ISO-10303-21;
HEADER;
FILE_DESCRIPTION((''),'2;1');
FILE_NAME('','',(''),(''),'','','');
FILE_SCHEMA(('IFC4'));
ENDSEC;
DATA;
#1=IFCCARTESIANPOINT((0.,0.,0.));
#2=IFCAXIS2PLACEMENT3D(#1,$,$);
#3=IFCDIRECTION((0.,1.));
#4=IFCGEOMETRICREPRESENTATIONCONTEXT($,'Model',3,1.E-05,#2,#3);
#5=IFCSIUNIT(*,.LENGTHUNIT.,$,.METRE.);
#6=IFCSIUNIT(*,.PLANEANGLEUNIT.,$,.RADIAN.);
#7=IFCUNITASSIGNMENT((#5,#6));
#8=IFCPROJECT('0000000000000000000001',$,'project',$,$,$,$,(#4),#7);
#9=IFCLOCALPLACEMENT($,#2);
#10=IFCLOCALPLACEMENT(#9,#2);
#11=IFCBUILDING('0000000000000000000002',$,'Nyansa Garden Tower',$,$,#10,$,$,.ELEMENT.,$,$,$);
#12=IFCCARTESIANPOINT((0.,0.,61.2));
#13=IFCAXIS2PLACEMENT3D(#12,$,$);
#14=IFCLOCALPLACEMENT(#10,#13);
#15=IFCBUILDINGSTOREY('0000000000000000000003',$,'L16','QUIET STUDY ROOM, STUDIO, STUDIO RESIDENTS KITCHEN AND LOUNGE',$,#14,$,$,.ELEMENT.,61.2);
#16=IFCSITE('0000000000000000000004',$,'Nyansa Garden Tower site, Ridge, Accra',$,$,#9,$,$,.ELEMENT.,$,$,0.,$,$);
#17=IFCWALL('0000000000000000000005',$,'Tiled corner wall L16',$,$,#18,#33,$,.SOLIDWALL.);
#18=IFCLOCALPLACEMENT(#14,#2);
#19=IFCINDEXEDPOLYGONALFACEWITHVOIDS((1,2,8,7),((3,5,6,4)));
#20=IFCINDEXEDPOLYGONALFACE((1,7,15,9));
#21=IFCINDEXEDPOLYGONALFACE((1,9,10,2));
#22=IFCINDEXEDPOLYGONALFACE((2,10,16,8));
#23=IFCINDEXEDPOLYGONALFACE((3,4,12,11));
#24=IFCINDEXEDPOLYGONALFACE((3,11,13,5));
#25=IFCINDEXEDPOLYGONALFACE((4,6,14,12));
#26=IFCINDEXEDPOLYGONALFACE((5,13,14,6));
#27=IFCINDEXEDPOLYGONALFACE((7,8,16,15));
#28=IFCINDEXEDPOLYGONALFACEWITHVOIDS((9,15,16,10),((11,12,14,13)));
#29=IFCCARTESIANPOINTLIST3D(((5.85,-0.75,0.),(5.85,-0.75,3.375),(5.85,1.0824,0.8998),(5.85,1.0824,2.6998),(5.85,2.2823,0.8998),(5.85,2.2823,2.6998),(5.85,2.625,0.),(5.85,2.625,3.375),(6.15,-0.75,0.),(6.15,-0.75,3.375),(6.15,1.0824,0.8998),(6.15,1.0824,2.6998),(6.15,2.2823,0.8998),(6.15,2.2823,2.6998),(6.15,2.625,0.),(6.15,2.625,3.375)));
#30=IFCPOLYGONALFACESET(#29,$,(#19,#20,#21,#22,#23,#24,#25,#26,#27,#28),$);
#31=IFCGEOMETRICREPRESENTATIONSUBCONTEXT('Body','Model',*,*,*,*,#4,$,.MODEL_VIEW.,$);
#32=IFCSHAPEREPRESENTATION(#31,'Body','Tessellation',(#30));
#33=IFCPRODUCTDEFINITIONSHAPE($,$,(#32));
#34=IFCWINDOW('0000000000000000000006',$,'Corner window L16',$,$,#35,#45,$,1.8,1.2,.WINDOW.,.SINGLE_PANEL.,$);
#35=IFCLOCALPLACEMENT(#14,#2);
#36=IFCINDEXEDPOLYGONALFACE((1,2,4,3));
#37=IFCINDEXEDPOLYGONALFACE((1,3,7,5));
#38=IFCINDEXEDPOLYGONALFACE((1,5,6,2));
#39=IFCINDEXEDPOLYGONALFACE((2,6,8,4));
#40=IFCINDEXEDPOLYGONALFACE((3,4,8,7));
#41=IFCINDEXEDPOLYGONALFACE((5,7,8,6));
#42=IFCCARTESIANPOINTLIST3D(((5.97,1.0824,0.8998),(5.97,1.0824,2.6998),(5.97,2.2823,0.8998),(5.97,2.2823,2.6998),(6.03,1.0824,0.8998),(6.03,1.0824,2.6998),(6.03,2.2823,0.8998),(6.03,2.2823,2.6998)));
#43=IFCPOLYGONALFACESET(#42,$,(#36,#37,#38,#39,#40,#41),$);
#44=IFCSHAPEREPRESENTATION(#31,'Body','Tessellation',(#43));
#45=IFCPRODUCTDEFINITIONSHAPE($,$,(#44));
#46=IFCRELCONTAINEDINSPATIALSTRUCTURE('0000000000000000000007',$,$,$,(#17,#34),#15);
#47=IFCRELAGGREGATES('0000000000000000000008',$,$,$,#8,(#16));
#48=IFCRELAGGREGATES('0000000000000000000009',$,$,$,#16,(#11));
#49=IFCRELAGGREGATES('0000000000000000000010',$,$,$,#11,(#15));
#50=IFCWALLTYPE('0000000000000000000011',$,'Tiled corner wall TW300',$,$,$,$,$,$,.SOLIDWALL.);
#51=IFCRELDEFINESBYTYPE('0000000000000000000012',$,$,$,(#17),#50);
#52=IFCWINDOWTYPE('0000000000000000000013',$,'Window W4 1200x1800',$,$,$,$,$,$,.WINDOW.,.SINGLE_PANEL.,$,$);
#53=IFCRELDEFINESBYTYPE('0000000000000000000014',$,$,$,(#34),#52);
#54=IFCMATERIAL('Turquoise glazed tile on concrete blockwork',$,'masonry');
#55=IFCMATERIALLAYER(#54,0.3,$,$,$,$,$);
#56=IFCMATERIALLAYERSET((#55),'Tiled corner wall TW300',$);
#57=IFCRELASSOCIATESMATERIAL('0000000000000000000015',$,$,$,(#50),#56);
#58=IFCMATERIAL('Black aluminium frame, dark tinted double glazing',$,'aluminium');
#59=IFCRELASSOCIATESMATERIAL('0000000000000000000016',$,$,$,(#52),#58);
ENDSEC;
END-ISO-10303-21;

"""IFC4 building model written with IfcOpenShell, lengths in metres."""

from ifc_helpers import new_model, si_unit, direction, frame, frame_2d, origin, place, context, subcontext, project, spatial, rectangle, extrude, material, layer, layer_set, type_object, element, fill, save


model = new_model("IFC4")

# Units and contexts
model_context = context("Model", 3, precision=1e-05, world=origin(), true_north=direction((0.0, 1.0)))
body_context = subcontext(model_context, "Body", "Model", "MODEL_VIEW")
ifc_project = project(units=[si_unit("LENGTHUNIT", "METRE"), si_unit("PLANEANGLEUNIT", "RADIAN")], contexts=[model_context])

# Site, building, storey
site_placement = place(None, origin())
site = spatial("IfcSite", under=ifc_project, at=site_placement, Name="Nyansa Garden Tower site, Ridge, Accra", CompositionType="ELEMENT", RefElevation=0.0)
building_placement = place(site_placement, origin())
building = spatial("IfcBuilding", under=site, at=building_placement, Name="Nyansa Garden Tower", CompositionType="ELEMENT")
storey_placement = place(building_placement, frame((0.0, 0.0, 61.2)))
storey = spatial("IfcBuildingStorey", under=building, at=storey_placement, Name="L16", Description="QUIET STUDY ROOM, STUDIO, STUDIO RESIDENTS KITCHEN AND LOUNGE", CompositionType="ELEMENT", Elevation=61.2)

# Wall, opening, window
ifc_material_1 = material(Name="Turquoise glazed tile on concrete blockwork", Category="masonry")
ifc_layer_1 = layer(ifc_material_1, 0.3)
ifc_layer_set_1 = layer_set([ifc_layer_1], Name="Tiled corner wall TW300")
wall_type_1 = type_object("IfcWallType", Name="Tiled corner wall TW300", PredefinedType="SOLIDWALL", material=ifc_layer_set_1)
wall_1_placement = place(storey_placement, frame((6.0, 2.625, 0.0), z_axis=(0.0, 0.0, 1.0), x_axis=(0.0, -1.0, 0.0)))
wall_1 = element("IfcWall", 1, at=wall_1_placement, inside=storey, type_object=wall_type_1, Name="Tiled corner wall L16", PredefinedType="SOLIDWALL", context=body_context, shape_type="SweptSolid", body=[
    extrude(rectangle(XDim=3.375, YDim=0.3, at=frame_2d((1.6875, 0.0))), origin(), (0.0, 0.0, 1.0), 3.375),
])
opening_1_placement = place(wall_1_placement, frame((0.3425, 0.0, 0.8999)))
opening_1 = element("IfcOpeningElement", 2, at=opening_1_placement, cuts=wall_1, PredefinedType="OPENING", context=body_context, shape_type="SweptSolid", body=[
    extrude(rectangle(XDim=1.2, YDim=1.8, at=frame_2d((0.6001, 0.8999))), frame((0.0, 0.1599, 0.0), z_axis=(0.0, -1.0, 0.0), x_axis=(1.0, 0.0, 0.0)), (0.0, 0.0, 1.0), 0.3201),
])
ifc_material_2 = material(Name="Black aluminium frame, dark tinted double glazing", Category="aluminium")
window_type_1 = type_object("IfcWindowType", Name="Window W4 1200x1800", PartitioningType="SINGLE_PANEL", PredefinedType="WINDOW", material=ifc_material_2)
window_1_placement = place(opening_1_placement, origin())
window_1 = element("IfcWindow", 3, at=window_1_placement, inside=storey, type_object=window_type_1, Name="Corner window L16", OverallHeight=1.8, OverallWidth=1.2, PartitioningType="SINGLE_PANEL", PredefinedType="WINDOW", context=body_context, shape_type="SweptSolid", body=[
    extrude(rectangle(XDim=1.2, YDim=1.8, at=frame_2d((0.6001, 0.8999))), frame((0.0, 0.03, 0.0), z_axis=(0.0, -1.0, 0.0), x_axis=(1.0, 0.0, 0.0)), (0.0, 0.0, 1.0), 0.0601),
])
fill(opening_1, window_1)

save(model, "model.ifc")
